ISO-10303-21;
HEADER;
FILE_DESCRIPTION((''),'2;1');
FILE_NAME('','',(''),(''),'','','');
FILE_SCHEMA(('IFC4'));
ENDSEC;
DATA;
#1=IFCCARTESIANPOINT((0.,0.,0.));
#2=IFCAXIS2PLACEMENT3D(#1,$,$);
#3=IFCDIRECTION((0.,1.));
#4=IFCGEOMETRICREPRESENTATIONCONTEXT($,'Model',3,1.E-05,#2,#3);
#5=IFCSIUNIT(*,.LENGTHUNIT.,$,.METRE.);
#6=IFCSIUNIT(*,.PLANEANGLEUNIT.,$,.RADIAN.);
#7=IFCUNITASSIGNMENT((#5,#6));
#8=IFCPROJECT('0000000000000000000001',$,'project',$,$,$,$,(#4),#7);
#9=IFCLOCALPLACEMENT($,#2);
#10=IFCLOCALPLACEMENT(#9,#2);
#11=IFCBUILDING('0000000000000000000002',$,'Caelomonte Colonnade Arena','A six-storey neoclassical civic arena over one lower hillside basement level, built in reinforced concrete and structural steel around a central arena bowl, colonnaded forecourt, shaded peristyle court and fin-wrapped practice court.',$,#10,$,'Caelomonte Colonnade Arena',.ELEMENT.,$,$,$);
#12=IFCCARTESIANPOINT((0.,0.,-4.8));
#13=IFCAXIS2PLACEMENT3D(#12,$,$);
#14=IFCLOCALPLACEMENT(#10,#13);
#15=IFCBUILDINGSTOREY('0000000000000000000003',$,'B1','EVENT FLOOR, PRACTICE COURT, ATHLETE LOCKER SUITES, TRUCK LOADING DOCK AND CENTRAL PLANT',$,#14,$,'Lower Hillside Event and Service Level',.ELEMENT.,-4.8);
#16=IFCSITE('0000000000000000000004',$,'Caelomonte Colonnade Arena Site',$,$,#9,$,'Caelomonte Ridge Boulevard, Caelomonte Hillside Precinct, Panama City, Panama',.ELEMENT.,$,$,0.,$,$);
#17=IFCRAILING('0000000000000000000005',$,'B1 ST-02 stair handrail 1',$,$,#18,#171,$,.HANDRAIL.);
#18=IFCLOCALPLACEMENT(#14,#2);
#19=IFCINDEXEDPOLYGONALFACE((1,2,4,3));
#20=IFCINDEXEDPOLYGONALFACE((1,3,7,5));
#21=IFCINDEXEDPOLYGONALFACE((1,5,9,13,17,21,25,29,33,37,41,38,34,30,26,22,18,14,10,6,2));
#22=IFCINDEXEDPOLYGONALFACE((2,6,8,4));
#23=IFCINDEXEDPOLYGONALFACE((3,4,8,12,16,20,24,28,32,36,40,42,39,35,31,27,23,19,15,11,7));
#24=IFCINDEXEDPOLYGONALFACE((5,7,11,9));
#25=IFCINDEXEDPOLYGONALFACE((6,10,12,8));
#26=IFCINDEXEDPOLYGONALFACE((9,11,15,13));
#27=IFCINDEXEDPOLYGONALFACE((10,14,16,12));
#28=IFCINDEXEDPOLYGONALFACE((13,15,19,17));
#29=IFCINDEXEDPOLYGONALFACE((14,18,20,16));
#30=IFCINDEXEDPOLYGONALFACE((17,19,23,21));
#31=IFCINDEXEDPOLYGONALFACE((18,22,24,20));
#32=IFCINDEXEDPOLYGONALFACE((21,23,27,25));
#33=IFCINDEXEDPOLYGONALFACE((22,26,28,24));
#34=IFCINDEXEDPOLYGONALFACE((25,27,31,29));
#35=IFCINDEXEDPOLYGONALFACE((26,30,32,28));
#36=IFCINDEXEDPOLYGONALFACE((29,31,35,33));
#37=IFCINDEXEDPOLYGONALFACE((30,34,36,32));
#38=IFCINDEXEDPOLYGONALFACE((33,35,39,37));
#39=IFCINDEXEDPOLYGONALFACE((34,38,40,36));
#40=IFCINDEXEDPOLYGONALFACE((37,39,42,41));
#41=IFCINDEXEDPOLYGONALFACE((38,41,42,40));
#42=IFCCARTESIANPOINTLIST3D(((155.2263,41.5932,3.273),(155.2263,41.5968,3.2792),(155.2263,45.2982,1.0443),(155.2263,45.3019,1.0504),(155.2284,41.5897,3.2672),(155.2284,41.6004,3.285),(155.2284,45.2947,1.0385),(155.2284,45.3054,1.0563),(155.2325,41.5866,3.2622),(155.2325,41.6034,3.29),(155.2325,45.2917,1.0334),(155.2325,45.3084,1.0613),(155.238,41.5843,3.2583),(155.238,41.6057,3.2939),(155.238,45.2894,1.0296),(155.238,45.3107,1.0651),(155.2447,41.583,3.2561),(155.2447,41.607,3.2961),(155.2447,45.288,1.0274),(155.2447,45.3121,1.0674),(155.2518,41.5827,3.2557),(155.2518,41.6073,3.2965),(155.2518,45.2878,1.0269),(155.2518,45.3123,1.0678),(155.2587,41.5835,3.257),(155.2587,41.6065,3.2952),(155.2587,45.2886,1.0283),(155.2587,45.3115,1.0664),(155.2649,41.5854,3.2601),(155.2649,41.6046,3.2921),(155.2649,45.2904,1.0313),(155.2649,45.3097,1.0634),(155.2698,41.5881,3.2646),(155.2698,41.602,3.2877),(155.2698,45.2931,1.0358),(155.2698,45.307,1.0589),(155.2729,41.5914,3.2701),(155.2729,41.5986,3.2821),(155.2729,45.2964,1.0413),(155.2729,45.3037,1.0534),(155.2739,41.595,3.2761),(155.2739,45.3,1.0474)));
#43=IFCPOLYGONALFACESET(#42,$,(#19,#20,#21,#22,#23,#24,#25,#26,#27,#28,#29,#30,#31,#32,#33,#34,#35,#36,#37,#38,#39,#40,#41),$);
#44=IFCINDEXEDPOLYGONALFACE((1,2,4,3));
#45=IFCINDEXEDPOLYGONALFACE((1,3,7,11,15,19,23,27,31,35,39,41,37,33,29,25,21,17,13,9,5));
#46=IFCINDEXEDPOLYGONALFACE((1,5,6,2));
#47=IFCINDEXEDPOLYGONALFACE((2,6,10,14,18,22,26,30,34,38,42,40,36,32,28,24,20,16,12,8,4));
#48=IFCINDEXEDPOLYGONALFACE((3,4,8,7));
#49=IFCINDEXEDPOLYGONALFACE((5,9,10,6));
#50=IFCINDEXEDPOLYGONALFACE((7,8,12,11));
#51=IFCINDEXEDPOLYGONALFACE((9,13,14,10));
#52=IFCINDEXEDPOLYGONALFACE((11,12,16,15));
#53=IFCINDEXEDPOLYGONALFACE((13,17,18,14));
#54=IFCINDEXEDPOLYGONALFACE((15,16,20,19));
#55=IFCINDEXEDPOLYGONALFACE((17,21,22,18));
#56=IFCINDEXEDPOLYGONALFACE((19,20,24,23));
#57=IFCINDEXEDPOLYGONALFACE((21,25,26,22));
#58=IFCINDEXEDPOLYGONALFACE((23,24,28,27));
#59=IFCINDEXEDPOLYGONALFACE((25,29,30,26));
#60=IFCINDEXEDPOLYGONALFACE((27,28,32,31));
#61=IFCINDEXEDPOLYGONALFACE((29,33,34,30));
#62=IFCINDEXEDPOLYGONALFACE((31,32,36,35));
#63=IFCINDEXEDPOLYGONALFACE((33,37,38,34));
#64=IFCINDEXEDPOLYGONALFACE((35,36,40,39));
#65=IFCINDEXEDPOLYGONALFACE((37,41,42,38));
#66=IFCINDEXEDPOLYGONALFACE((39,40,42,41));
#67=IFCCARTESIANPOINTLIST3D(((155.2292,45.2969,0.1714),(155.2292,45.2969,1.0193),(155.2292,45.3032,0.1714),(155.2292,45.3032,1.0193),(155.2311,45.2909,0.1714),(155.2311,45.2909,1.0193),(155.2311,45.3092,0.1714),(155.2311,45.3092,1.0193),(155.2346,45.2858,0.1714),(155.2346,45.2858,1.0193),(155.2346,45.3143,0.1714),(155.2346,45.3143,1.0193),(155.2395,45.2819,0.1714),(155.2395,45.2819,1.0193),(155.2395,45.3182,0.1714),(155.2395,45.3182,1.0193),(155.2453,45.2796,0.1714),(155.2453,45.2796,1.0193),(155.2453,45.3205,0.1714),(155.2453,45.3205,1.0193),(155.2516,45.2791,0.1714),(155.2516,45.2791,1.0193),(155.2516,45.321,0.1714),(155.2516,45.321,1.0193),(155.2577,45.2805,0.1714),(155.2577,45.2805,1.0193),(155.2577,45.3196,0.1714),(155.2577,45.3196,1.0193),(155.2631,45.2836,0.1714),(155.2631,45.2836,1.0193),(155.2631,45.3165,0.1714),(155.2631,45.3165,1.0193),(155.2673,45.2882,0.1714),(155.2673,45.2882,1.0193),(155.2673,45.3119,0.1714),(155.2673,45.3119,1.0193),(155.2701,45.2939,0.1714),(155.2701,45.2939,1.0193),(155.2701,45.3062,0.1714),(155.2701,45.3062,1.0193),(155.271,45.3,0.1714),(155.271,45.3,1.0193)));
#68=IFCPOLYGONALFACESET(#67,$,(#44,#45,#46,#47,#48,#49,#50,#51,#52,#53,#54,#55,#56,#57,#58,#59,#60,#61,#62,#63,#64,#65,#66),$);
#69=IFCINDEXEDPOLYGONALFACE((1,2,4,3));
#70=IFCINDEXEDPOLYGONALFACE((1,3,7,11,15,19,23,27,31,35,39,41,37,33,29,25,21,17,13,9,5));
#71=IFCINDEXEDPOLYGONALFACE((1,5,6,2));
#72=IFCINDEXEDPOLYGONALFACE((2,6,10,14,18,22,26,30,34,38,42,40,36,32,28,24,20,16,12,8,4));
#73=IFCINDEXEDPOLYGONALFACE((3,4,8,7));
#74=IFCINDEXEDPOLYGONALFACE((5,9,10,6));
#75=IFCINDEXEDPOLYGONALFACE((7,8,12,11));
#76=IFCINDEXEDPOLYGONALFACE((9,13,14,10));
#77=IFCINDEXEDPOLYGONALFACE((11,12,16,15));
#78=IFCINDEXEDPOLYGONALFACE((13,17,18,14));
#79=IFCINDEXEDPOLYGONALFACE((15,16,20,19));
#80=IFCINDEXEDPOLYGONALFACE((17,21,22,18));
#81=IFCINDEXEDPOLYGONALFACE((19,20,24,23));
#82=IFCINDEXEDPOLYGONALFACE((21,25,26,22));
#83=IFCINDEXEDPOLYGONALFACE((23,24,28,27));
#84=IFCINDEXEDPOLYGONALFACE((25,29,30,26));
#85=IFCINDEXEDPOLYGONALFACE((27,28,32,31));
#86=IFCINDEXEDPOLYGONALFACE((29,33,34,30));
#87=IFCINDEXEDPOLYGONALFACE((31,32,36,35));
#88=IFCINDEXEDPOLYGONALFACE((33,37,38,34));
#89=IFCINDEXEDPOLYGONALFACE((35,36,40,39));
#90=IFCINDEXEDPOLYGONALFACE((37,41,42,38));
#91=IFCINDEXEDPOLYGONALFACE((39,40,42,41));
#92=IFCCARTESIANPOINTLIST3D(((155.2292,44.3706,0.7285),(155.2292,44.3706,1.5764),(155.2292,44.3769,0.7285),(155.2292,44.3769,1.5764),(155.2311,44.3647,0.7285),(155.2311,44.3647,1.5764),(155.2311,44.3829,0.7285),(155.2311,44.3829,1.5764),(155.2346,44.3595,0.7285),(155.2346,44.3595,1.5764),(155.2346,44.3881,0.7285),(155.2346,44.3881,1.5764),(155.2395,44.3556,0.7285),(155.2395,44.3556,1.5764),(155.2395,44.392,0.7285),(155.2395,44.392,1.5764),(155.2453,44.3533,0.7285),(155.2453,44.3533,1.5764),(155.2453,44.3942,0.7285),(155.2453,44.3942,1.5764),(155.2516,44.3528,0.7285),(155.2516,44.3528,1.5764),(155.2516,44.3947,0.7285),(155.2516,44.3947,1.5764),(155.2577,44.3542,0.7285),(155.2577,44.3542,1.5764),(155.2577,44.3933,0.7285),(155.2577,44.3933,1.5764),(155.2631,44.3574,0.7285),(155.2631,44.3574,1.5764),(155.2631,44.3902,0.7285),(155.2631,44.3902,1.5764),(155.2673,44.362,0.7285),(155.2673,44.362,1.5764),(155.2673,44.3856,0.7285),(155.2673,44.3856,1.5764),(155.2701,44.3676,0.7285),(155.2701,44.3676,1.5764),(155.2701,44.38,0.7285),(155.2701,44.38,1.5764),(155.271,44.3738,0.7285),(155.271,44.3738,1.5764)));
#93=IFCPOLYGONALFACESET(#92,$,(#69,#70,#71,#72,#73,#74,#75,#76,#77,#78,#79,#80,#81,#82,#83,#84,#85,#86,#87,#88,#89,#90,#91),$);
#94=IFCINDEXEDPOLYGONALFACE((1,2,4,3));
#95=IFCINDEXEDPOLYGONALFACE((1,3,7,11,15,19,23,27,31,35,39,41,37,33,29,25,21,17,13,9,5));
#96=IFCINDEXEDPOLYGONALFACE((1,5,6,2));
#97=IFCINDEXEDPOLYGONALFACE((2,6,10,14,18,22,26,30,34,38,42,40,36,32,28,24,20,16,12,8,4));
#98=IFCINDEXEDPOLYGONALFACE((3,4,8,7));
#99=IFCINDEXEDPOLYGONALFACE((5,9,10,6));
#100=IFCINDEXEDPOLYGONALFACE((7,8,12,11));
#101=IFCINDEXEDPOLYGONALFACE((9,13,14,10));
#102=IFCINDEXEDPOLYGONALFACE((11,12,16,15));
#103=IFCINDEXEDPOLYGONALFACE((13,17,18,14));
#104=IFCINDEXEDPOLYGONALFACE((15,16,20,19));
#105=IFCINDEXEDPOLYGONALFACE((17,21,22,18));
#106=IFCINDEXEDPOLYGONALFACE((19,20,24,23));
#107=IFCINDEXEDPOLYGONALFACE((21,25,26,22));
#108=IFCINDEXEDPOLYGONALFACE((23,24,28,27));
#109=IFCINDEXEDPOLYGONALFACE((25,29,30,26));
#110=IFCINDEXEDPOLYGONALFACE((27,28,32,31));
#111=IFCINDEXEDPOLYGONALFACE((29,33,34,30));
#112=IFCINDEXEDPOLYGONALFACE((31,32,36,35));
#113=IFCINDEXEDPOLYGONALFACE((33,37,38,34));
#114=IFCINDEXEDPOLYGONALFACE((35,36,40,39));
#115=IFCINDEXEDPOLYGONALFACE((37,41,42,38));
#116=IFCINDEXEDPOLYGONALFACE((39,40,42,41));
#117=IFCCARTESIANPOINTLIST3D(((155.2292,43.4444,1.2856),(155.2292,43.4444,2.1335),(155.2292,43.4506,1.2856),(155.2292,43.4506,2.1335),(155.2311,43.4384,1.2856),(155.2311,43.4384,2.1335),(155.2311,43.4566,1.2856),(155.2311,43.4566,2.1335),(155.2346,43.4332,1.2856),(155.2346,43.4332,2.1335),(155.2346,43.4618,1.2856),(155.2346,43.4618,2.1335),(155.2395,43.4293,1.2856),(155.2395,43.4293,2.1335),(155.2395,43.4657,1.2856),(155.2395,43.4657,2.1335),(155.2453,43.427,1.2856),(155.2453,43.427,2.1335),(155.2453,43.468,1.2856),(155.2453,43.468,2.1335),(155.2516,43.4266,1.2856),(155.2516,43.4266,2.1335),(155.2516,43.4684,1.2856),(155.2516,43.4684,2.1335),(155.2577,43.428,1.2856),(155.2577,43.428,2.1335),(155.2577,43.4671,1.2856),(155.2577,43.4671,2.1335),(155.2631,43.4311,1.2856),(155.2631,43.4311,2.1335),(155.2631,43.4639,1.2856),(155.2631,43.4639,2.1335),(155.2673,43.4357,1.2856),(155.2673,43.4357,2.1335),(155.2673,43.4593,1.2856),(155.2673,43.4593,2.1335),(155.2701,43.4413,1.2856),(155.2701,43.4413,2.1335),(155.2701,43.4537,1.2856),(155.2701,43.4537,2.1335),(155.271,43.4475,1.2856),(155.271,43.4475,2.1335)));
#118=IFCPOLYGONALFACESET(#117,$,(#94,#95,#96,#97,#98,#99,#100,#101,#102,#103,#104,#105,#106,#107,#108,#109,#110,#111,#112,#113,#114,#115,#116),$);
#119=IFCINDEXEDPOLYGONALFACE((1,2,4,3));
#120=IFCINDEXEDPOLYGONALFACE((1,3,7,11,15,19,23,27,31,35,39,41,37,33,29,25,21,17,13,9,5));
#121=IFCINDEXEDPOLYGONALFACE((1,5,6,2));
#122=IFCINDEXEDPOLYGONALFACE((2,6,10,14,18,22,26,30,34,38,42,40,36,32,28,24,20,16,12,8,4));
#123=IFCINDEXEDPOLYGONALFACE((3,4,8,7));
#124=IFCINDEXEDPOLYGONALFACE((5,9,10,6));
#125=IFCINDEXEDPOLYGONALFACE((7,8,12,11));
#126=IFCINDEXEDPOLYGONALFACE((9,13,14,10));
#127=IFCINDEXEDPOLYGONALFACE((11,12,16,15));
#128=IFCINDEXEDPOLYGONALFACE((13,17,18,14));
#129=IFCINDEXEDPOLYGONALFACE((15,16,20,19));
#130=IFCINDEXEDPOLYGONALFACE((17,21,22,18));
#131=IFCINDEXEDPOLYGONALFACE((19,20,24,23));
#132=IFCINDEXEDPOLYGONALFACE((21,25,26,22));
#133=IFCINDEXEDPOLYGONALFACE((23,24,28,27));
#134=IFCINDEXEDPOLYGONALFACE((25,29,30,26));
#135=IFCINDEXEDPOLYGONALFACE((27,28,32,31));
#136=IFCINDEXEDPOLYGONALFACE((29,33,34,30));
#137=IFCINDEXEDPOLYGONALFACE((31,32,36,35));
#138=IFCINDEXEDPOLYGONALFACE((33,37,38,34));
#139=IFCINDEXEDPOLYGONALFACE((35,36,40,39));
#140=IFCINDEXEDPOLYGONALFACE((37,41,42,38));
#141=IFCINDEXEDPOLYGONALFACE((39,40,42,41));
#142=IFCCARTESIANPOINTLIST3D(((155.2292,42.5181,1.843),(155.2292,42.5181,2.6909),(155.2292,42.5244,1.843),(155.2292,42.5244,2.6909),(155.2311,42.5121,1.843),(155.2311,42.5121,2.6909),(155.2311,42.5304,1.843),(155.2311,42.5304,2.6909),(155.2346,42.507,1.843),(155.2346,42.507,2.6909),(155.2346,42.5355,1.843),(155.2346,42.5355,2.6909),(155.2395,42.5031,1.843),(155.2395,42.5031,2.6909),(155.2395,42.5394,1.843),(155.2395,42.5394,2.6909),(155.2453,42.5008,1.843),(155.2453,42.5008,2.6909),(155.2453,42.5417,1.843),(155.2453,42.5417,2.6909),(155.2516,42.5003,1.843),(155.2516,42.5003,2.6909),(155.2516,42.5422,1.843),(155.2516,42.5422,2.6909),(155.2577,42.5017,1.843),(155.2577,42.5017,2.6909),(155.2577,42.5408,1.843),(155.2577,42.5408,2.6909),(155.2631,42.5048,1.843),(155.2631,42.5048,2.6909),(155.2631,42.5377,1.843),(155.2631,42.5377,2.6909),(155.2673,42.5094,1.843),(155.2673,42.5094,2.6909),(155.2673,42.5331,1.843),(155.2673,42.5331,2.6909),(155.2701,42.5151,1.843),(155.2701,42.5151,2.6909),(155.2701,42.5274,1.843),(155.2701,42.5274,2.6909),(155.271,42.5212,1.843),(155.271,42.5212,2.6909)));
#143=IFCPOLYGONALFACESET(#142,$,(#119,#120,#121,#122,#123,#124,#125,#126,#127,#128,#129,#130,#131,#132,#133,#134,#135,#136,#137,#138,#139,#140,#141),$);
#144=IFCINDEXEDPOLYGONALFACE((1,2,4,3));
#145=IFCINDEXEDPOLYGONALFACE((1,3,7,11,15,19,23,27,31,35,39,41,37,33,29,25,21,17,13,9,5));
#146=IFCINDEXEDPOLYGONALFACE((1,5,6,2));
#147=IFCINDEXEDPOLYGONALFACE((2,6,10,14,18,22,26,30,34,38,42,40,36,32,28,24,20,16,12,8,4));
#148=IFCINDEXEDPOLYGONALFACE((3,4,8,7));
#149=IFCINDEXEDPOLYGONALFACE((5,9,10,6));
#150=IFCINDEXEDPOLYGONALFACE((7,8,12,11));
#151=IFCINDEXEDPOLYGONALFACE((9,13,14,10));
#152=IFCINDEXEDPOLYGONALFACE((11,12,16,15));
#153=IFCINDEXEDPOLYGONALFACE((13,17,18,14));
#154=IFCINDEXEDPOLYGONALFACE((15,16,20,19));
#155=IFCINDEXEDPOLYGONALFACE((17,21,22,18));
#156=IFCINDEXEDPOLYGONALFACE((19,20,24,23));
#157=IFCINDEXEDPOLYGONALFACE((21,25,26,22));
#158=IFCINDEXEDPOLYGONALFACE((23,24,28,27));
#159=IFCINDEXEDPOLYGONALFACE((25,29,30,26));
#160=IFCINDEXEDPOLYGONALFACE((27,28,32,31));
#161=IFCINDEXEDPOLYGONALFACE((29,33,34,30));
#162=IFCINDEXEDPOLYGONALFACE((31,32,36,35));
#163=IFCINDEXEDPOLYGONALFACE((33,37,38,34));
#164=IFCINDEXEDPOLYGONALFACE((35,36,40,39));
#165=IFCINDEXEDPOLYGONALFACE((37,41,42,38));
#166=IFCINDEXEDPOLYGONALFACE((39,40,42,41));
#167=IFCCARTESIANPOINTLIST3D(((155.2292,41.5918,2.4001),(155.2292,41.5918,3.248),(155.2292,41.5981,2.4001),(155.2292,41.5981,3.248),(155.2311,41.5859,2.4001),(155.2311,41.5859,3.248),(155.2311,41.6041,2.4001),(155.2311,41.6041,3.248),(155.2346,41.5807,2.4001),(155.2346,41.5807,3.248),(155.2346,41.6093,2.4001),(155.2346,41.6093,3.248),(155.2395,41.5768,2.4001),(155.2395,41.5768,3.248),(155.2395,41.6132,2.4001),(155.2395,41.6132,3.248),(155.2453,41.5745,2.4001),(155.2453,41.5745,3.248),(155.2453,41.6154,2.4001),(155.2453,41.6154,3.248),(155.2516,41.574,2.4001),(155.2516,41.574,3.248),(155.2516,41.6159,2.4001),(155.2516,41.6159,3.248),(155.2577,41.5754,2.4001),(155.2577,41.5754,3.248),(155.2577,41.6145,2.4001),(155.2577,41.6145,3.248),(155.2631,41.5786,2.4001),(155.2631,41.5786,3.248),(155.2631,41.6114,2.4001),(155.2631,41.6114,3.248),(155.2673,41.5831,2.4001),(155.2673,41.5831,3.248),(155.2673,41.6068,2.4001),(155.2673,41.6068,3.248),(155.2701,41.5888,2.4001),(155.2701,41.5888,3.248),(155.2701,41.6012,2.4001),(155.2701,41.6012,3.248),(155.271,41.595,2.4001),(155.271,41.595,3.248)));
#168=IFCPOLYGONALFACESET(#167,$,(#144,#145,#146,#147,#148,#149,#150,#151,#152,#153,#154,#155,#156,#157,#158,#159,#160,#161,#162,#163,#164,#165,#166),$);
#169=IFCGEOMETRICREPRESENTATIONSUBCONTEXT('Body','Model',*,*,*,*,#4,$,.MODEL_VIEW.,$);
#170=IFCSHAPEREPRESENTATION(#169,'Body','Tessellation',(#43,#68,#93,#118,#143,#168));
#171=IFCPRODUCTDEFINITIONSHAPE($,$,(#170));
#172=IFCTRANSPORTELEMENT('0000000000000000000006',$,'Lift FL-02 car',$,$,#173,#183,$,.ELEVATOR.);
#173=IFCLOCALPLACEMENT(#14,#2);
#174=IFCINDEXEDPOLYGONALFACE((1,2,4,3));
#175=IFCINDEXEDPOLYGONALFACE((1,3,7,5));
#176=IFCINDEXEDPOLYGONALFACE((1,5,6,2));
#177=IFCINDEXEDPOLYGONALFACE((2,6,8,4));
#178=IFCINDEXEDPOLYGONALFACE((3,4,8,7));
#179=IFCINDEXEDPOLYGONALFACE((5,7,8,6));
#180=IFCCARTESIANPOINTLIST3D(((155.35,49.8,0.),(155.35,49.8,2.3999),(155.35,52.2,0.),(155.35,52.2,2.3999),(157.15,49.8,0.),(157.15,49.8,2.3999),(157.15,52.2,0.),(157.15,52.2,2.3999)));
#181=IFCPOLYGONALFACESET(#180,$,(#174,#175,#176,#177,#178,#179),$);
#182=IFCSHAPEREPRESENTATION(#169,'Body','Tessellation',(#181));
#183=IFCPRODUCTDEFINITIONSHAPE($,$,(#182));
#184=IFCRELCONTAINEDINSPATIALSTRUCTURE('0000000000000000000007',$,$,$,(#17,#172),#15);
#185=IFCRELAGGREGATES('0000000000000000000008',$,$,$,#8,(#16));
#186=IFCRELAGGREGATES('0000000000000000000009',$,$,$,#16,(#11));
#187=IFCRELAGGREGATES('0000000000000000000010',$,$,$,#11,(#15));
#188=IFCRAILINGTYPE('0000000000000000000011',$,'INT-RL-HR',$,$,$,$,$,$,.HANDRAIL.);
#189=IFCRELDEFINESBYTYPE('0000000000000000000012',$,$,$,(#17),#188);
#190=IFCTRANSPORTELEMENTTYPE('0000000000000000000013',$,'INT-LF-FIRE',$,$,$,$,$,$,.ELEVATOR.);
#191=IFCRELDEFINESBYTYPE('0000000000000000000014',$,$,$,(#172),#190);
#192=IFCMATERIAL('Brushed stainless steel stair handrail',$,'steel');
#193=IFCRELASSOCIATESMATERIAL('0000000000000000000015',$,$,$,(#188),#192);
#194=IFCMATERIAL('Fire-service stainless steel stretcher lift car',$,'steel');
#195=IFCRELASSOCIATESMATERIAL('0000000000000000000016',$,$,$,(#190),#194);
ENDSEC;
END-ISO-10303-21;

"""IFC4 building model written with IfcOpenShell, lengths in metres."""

from ifc_helpers import new_model, si_unit, direction, frame, origin, origin_2d, place, context, subcontext, project, spatial, rectangle, circle, extrude, material, type_object, element, save


model = new_model("IFC4")

# Units and contexts
model_context = context("Model", 3, precision=1e-05, world=origin(), true_north=direction((0.0, 1.0)))
body_context = subcontext(model_context, "Body", "Model", "MODEL_VIEW")
ifc_project = project(units=[si_unit("LENGTHUNIT", "METRE"), si_unit("PLANEANGLEUNIT", "RADIAN")], contexts=[model_context])

# Site, building, storey
site_placement = place(None, origin())
site = spatial("IfcSite", under=ifc_project, at=site_placement, Name="Caelomonte Colonnade Arena Site", LongName="Caelomonte Ridge Boulevard, Caelomonte Hillside Precinct, Panama City, Panama", CompositionType="ELEMENT", RefElevation=0.0)
building_placement = place(site_placement, origin())
building = spatial("IfcBuilding", under=site, at=building_placement, Name="Caelomonte Colonnade Arena", Description="A six-storey neoclassical civic arena over one lower hillside basement level, built in reinforced concrete and structural steel around a central arena bowl, colonnaded forecourt, shaded peristyle court and fin-wrapped practice court.", LongName="Caelomonte Colonnade Arena", CompositionType="ELEMENT")
storey_placement = place(building_placement, frame((0.0, 0.0, -4.8)))
storey = spatial("IfcBuildingStorey", under=building, at=storey_placement, Name="B1", Description="EVENT FLOOR, PRACTICE COURT, ATHLETE LOCKER SUITES, TRUCK LOADING DOCK AND CENTRAL PLANT", LongName="Lower Hillside Event and Service Level", CompositionType="ELEMENT", Elevation=-4.8)

# Railing
ifc_material_1 = material(Name="Brushed stainless steel stair handrail", Category="steel")
railing_type_1 = type_object("IfcRailingType", Name="INT-RL-HR", PredefinedType="HANDRAIL", material=ifc_material_1)
railing_1_placement = place(storey_placement, frame((155.25, 45.3, 0.1714)))
element("IfcRailing", 1, at=railing_1_placement, inside=storey, type_object=railing_type_1, Name="B1 ST-02 stair handrail 1", PredefinedType="HANDRAIL", context=body_context, shape_type="SweptSolid", body=[
    extrude(circle(Radius=0.0239, at=origin_2d()), frame((0.0, 0.0, 0.876), z_axis=(0.0, -0.856909, 0.515467), x_axis=(1.0, 0.0, 0.0)), (0.0, 0.0, 1.0), 4.3237),
    extrude(circle(Radius=0.021, at=origin_2d()), origin(), (0.0, 0.0, 1.0), 0.8479),
    extrude(circle(Radius=0.021, at=origin_2d()), frame((0.0, -0.9263, 0.5571)), (0.0, 0.0, 1.0), 0.8479),
    extrude(circle(Radius=0.021, at=origin_2d()), frame((0.0, -1.8525, 1.1143)), (0.0, 0.0, 1.0), 0.8479),
    extrude(circle(Radius=0.021, at=origin_2d()), frame((0.0, -2.7788, 1.6716)), (0.0, 0.0, 1.0), 0.8479),
    extrude(circle(Radius=0.021, at=origin_2d()), frame((0.0, -3.7051, 2.2288)), (0.0, 0.0, 1.0), 0.8479),
])

# Transport element
ifc_material_2 = material(Name="Fire-service stainless steel stretcher lift car", Category="steel")
transport_element_type = type_object("IfcTransportElementType", Name="INT-LF-FIRE", PredefinedType="ELEVATOR", material=ifc_material_2)
transport_element_placement = place(storey_placement, frame((156.25, 51.0, 0.0), z_axis=(0.0, 0.0, 1.0), x_axis=(1.0, 0.0, 0.0)))
element("IfcTransportElement", 2, at=transport_element_placement, inside=storey, type_object=transport_element_type, Name="Lift FL-02 car", PredefinedType="ELEVATOR", context=body_context, shape_type="SweptSolid", body=[
    extrude(rectangle(XDim=1.8, YDim=2.3999, at=origin_2d()), origin(), (0.0, 0.0, 1.0), 2.3999),
])

save(model, "model.ifc")
